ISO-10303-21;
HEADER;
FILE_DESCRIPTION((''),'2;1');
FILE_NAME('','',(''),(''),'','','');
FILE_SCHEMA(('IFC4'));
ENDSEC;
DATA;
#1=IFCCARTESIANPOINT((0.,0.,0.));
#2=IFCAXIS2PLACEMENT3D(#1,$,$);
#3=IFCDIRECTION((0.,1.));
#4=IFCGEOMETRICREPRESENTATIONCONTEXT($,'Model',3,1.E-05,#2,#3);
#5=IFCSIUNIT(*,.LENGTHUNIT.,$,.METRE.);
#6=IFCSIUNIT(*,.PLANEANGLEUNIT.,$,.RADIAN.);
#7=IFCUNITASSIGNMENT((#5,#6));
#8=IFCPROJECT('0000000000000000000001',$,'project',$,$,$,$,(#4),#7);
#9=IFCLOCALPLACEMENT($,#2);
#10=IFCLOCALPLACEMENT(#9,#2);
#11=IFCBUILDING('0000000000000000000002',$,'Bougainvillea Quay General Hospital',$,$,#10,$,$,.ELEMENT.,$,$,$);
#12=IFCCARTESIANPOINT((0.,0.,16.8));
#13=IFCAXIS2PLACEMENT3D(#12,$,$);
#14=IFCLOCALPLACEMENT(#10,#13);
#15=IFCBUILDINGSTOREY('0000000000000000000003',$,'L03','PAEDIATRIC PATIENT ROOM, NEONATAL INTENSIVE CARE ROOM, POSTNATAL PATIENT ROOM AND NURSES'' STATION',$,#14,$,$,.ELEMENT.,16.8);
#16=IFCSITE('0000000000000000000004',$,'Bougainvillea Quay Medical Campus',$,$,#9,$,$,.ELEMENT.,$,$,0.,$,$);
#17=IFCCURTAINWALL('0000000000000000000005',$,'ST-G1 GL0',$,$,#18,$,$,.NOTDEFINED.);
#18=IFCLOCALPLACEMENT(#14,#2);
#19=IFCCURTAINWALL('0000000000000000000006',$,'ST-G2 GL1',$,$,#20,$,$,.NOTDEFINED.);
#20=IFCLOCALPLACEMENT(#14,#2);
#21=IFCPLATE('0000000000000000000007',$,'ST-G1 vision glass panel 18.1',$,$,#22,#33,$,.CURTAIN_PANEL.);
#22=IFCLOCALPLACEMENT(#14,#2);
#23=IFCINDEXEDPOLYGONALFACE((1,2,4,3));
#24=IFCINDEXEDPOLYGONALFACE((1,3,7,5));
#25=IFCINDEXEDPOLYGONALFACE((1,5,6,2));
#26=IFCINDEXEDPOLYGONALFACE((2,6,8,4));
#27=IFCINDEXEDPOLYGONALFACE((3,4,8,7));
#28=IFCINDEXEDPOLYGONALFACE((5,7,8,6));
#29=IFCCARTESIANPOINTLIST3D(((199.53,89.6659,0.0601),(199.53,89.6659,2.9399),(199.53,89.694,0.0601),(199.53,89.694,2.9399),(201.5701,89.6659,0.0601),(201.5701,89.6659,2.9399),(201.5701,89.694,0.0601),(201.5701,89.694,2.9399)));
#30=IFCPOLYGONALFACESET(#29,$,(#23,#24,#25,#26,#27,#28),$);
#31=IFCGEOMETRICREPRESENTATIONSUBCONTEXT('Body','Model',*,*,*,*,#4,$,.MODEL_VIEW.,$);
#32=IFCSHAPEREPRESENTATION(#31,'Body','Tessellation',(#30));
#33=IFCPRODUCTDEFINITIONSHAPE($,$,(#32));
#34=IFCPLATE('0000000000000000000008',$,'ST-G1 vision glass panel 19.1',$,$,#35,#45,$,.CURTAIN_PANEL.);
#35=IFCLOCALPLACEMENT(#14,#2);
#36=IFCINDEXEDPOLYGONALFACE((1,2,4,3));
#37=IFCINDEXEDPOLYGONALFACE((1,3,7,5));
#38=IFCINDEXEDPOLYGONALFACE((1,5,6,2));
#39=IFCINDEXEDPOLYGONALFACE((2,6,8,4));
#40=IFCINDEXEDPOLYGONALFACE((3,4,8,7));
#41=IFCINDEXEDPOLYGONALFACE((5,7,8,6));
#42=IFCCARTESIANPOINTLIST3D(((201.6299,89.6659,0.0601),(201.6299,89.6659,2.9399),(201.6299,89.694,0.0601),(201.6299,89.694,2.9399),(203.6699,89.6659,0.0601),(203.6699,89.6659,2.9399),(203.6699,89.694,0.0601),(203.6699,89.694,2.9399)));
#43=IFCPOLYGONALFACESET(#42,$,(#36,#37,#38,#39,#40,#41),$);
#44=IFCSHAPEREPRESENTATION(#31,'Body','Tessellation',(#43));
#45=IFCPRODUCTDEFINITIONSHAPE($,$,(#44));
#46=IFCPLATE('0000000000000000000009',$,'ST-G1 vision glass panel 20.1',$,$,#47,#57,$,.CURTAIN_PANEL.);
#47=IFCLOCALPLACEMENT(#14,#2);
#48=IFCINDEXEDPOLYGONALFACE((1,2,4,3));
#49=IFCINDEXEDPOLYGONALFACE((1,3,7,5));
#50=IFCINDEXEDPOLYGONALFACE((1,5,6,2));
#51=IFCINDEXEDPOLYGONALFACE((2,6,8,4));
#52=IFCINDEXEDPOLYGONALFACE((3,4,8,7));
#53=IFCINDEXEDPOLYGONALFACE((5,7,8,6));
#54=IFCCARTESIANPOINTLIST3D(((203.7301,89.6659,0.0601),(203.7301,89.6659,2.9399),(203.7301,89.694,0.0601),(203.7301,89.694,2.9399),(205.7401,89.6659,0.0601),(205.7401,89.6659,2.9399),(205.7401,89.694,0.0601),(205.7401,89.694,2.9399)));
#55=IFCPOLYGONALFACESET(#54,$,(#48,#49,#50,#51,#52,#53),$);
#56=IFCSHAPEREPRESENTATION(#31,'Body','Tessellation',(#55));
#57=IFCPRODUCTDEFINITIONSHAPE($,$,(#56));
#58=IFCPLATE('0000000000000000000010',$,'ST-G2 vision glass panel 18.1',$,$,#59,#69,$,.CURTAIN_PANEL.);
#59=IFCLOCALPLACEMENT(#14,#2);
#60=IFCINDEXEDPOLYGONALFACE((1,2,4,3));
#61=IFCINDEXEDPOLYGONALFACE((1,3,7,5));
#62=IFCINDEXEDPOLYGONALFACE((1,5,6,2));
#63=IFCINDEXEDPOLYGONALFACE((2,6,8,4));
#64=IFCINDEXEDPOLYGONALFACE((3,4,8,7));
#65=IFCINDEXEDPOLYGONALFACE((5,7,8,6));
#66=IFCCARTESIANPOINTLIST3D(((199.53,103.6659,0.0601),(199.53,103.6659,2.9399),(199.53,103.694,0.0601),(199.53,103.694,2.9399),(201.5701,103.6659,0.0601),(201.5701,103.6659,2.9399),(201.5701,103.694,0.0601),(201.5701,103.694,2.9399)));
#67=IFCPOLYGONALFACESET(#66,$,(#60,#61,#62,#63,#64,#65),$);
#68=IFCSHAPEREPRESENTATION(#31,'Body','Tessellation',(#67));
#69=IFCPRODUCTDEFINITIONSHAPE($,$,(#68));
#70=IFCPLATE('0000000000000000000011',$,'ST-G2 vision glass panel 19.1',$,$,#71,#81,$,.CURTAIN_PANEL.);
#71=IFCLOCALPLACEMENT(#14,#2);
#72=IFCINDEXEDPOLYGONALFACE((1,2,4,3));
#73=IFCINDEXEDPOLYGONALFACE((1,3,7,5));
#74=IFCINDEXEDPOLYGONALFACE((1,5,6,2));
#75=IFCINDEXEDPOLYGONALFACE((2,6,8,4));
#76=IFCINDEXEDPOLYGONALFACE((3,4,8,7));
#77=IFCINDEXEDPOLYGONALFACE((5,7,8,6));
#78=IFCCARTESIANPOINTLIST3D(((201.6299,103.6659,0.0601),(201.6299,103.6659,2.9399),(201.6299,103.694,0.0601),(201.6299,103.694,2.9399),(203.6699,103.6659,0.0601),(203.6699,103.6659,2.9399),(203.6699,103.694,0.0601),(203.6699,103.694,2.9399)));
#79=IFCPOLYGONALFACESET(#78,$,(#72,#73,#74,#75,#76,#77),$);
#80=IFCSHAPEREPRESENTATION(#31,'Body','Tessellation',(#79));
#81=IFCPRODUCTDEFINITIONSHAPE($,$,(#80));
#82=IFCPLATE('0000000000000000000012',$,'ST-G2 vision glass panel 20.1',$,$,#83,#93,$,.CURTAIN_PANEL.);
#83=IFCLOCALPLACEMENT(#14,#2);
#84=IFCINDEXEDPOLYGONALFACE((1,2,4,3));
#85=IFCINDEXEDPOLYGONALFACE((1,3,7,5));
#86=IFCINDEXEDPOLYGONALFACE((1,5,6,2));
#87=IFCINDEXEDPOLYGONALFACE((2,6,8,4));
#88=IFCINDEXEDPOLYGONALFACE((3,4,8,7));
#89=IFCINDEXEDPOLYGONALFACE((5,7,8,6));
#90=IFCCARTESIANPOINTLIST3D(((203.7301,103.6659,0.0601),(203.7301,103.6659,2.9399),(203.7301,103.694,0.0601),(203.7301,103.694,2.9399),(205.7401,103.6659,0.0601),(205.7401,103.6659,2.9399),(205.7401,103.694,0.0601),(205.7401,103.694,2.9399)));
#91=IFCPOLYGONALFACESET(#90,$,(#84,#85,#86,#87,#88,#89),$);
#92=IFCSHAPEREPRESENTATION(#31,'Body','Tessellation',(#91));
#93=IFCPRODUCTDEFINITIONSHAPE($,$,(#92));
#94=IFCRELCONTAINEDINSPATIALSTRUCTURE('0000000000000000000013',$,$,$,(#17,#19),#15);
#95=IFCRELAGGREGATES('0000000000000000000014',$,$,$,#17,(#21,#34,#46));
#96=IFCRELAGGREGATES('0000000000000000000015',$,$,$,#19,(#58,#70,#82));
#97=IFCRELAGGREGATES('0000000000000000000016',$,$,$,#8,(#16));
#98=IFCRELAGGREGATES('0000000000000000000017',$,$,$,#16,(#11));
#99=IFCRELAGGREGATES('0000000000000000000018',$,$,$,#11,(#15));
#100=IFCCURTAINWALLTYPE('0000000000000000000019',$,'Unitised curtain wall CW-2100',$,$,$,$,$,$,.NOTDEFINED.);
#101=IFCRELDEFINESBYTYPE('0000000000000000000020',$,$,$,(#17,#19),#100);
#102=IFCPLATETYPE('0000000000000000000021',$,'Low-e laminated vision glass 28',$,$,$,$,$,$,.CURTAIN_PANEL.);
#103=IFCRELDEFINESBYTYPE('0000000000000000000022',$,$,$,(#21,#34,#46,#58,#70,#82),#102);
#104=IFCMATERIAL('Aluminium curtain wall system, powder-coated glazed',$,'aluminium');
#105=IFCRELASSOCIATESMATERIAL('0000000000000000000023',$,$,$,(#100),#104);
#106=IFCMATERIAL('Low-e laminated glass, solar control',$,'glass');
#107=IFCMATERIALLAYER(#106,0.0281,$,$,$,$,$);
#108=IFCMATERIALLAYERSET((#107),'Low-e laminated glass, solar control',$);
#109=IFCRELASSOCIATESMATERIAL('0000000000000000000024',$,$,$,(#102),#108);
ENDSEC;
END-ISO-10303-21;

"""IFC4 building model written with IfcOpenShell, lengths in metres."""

from ifc_helpers import new_model, si_unit, direction, frame, origin, origin_2d, place, context, subcontext, project, spatial, rectangle, extrude, material, layer, layer_set, type_object, element, aggregate, save


model = new_model("IFC4")

# Units and contexts
model_context = context("Model", 3, precision=1e-05, world=origin(), true_north=direction((0.0, 1.0)))
body_context = subcontext(model_context, "Body", "Model", "MODEL_VIEW")
ifc_project = project(units=[si_unit("LENGTHUNIT", "METRE"), si_unit("PLANEANGLEUNIT", "RADIAN")], contexts=[model_context])

# Site, building, storey
site_placement = place(None, origin())
site = spatial("IfcSite", under=ifc_project, at=site_placement, Name="Bougainvillea Quay Medical Campus", CompositionType="ELEMENT", RefElevation=0.0)
building_placement = place(site_placement, origin())
building = spatial("IfcBuilding", under=site, at=building_placement, Name="Bougainvillea Quay General Hospital", CompositionType="ELEMENT")
storey_placement = place(building_placement, frame((0.0, 0.0, 16.8)))
storey = spatial("IfcBuildingStorey", under=building, at=storey_placement, Name="L03", Description="PAEDIATRIC PATIENT ROOM, NEONATAL INTENSIVE CARE ROOM, POSTNATAL PATIENT ROOM AND NURSES' STATION", CompositionType="ELEMENT", Elevation=16.8)

# Curtain walls
ifc_material_1 = material(Name="Aluminium curtain wall system, powder-coated glazed", Category="aluminium")
curtain_wall_type = type_object("IfcCurtainWallType", Name="Unitised curtain wall CW-2100", PredefinedType="NOTDEFINED", material=ifc_material_1)
curtain_wall_1_placement = place(storey_placement, origin())
curtain_wall_1 = element("IfcCurtainWall", 1, at=curtain_wall_1_placement, inside=storey, type_object=curtain_wall_type, Name="ST-G1 GL0", PredefinedType="NOTDEFINED")
curtain_wall_2_placement = place(storey_placement, origin())
curtain_wall_2 = element("IfcCurtainWall", 2, at=curtain_wall_2_placement, inside=storey, type_object=curtain_wall_type, Name="ST-G2 GL1", PredefinedType="NOTDEFINED")

# Plates
ifc_material_2 = material(Name="Low-e laminated glass, solar control", Category="glass")
ifc_layer = layer(ifc_material_2, 0.0281)
ifc_layer_set = layer_set([ifc_layer], Name="Low-e laminated glass, solar control")
plate_type = type_object("IfcPlateType", Name="Low-e laminated vision glass 28", PredefinedType="CURTAIN_PANEL", material=ifc_layer_set)
plate_1_placement = place(storey_placement, frame((200.55, 89.6799, 0.0601), z_axis=(0.0, 0.0, 1.0), x_axis=(1.0, 0.0, 0.0)))
plate_1 = element("IfcPlate", 3, at=plate_1_placement, type_object=plate_type, Name="ST-G1 vision glass panel 18.1", PredefinedType="CURTAIN_PANEL", context=body_context, shape_type="SweptSolid", body=[
    extrude(rectangle(XDim=2.04, YDim=0.0281, at=origin_2d()), origin(), (0.0, 0.0, 1.0), 2.8799),
])
plate_2_placement = place(storey_placement, frame((202.6499, 89.6799, 0.0601), z_axis=(0.0, 0.0, 1.0), x_axis=(1.0, 0.0, 0.0)))
plate_2 = element("IfcPlate", 4, at=plate_2_placement, type_object=plate_type, Name="ST-G1 vision glass panel 19.1", PredefinedType="CURTAIN_PANEL", context=body_context, shape_type="SweptSolid", body=[
    extrude(rectangle(XDim=2.04, YDim=0.0281, at=origin_2d()), origin(), (0.0, 0.0, 1.0), 2.8799),
])
plate_3_placement = place(storey_placement, frame((204.7351, 89.6799, 0.0601), z_axis=(0.0, 0.0, 1.0), x_axis=(1.0, 0.0, 0.0)))
plate_3 = element("IfcPlate", 5, at=plate_3_placement, type_object=plate_type, Name="ST-G1 vision glass panel 20.1", PredefinedType="CURTAIN_PANEL", context=body_context, shape_type="SweptSolid", body=[
    extrude(rectangle(XDim=2.01, YDim=0.0281, at=origin_2d()), origin(), (0.0, 0.0, 1.0), 2.8799),
])
aggregate(curtain_wall_1, [plate_1, plate_2, plate_3])
plate_4_placement = place(storey_placement, frame((200.55, 103.6799, 0.0601), z_axis=(0.0, 0.0, 1.0), x_axis=(1.0, 0.0, 0.0)))
plate_4 = element("IfcPlate", 6, at=plate_4_placement, type_object=plate_type, Name="ST-G2 vision glass panel 18.1", PredefinedType="CURTAIN_PANEL", context=body_context, shape_type="SweptSolid", body=[
    extrude(rectangle(XDim=2.04, YDim=0.0281, at=origin_2d()), origin(), (0.0, 0.0, 1.0), 2.8799),
])
plate_5_placement = place(storey_placement, frame((202.6499, 103.6799, 0.0601), z_axis=(0.0, 0.0, 1.0), x_axis=(1.0, 0.0, 0.0)))
plate_5 = element("IfcPlate", 7, at=plate_5_placement, type_object=plate_type, Name="ST-G2 vision glass panel 19.1", PredefinedType="CURTAIN_PANEL", context=body_context, shape_type="SweptSolid", body=[
    extrude(rectangle(XDim=2.04, YDim=0.0281, at=origin_2d()), origin(), (0.0, 0.0, 1.0), 2.8799),
])
plate_6_placement = place(storey_placement, frame((204.7351, 103.6799, 0.0601), z_axis=(0.0, 0.0, 1.0), x_axis=(1.0, 0.0, 0.0)))
plate_6 = element("IfcPlate", 8, at=plate_6_placement, type_object=plate_type, Name="ST-G2 vision glass panel 20.1", PredefinedType="CURTAIN_PANEL", context=body_context, shape_type="SweptSolid", body=[
    extrude(rectangle(XDim=2.01, YDim=0.0281, at=origin_2d()), origin(), (0.0, 0.0, 1.0), 2.8799),
])
aggregate(curtain_wall_2, [plate_4, plate_5, plate_6])

save(model, "model.ifc")
